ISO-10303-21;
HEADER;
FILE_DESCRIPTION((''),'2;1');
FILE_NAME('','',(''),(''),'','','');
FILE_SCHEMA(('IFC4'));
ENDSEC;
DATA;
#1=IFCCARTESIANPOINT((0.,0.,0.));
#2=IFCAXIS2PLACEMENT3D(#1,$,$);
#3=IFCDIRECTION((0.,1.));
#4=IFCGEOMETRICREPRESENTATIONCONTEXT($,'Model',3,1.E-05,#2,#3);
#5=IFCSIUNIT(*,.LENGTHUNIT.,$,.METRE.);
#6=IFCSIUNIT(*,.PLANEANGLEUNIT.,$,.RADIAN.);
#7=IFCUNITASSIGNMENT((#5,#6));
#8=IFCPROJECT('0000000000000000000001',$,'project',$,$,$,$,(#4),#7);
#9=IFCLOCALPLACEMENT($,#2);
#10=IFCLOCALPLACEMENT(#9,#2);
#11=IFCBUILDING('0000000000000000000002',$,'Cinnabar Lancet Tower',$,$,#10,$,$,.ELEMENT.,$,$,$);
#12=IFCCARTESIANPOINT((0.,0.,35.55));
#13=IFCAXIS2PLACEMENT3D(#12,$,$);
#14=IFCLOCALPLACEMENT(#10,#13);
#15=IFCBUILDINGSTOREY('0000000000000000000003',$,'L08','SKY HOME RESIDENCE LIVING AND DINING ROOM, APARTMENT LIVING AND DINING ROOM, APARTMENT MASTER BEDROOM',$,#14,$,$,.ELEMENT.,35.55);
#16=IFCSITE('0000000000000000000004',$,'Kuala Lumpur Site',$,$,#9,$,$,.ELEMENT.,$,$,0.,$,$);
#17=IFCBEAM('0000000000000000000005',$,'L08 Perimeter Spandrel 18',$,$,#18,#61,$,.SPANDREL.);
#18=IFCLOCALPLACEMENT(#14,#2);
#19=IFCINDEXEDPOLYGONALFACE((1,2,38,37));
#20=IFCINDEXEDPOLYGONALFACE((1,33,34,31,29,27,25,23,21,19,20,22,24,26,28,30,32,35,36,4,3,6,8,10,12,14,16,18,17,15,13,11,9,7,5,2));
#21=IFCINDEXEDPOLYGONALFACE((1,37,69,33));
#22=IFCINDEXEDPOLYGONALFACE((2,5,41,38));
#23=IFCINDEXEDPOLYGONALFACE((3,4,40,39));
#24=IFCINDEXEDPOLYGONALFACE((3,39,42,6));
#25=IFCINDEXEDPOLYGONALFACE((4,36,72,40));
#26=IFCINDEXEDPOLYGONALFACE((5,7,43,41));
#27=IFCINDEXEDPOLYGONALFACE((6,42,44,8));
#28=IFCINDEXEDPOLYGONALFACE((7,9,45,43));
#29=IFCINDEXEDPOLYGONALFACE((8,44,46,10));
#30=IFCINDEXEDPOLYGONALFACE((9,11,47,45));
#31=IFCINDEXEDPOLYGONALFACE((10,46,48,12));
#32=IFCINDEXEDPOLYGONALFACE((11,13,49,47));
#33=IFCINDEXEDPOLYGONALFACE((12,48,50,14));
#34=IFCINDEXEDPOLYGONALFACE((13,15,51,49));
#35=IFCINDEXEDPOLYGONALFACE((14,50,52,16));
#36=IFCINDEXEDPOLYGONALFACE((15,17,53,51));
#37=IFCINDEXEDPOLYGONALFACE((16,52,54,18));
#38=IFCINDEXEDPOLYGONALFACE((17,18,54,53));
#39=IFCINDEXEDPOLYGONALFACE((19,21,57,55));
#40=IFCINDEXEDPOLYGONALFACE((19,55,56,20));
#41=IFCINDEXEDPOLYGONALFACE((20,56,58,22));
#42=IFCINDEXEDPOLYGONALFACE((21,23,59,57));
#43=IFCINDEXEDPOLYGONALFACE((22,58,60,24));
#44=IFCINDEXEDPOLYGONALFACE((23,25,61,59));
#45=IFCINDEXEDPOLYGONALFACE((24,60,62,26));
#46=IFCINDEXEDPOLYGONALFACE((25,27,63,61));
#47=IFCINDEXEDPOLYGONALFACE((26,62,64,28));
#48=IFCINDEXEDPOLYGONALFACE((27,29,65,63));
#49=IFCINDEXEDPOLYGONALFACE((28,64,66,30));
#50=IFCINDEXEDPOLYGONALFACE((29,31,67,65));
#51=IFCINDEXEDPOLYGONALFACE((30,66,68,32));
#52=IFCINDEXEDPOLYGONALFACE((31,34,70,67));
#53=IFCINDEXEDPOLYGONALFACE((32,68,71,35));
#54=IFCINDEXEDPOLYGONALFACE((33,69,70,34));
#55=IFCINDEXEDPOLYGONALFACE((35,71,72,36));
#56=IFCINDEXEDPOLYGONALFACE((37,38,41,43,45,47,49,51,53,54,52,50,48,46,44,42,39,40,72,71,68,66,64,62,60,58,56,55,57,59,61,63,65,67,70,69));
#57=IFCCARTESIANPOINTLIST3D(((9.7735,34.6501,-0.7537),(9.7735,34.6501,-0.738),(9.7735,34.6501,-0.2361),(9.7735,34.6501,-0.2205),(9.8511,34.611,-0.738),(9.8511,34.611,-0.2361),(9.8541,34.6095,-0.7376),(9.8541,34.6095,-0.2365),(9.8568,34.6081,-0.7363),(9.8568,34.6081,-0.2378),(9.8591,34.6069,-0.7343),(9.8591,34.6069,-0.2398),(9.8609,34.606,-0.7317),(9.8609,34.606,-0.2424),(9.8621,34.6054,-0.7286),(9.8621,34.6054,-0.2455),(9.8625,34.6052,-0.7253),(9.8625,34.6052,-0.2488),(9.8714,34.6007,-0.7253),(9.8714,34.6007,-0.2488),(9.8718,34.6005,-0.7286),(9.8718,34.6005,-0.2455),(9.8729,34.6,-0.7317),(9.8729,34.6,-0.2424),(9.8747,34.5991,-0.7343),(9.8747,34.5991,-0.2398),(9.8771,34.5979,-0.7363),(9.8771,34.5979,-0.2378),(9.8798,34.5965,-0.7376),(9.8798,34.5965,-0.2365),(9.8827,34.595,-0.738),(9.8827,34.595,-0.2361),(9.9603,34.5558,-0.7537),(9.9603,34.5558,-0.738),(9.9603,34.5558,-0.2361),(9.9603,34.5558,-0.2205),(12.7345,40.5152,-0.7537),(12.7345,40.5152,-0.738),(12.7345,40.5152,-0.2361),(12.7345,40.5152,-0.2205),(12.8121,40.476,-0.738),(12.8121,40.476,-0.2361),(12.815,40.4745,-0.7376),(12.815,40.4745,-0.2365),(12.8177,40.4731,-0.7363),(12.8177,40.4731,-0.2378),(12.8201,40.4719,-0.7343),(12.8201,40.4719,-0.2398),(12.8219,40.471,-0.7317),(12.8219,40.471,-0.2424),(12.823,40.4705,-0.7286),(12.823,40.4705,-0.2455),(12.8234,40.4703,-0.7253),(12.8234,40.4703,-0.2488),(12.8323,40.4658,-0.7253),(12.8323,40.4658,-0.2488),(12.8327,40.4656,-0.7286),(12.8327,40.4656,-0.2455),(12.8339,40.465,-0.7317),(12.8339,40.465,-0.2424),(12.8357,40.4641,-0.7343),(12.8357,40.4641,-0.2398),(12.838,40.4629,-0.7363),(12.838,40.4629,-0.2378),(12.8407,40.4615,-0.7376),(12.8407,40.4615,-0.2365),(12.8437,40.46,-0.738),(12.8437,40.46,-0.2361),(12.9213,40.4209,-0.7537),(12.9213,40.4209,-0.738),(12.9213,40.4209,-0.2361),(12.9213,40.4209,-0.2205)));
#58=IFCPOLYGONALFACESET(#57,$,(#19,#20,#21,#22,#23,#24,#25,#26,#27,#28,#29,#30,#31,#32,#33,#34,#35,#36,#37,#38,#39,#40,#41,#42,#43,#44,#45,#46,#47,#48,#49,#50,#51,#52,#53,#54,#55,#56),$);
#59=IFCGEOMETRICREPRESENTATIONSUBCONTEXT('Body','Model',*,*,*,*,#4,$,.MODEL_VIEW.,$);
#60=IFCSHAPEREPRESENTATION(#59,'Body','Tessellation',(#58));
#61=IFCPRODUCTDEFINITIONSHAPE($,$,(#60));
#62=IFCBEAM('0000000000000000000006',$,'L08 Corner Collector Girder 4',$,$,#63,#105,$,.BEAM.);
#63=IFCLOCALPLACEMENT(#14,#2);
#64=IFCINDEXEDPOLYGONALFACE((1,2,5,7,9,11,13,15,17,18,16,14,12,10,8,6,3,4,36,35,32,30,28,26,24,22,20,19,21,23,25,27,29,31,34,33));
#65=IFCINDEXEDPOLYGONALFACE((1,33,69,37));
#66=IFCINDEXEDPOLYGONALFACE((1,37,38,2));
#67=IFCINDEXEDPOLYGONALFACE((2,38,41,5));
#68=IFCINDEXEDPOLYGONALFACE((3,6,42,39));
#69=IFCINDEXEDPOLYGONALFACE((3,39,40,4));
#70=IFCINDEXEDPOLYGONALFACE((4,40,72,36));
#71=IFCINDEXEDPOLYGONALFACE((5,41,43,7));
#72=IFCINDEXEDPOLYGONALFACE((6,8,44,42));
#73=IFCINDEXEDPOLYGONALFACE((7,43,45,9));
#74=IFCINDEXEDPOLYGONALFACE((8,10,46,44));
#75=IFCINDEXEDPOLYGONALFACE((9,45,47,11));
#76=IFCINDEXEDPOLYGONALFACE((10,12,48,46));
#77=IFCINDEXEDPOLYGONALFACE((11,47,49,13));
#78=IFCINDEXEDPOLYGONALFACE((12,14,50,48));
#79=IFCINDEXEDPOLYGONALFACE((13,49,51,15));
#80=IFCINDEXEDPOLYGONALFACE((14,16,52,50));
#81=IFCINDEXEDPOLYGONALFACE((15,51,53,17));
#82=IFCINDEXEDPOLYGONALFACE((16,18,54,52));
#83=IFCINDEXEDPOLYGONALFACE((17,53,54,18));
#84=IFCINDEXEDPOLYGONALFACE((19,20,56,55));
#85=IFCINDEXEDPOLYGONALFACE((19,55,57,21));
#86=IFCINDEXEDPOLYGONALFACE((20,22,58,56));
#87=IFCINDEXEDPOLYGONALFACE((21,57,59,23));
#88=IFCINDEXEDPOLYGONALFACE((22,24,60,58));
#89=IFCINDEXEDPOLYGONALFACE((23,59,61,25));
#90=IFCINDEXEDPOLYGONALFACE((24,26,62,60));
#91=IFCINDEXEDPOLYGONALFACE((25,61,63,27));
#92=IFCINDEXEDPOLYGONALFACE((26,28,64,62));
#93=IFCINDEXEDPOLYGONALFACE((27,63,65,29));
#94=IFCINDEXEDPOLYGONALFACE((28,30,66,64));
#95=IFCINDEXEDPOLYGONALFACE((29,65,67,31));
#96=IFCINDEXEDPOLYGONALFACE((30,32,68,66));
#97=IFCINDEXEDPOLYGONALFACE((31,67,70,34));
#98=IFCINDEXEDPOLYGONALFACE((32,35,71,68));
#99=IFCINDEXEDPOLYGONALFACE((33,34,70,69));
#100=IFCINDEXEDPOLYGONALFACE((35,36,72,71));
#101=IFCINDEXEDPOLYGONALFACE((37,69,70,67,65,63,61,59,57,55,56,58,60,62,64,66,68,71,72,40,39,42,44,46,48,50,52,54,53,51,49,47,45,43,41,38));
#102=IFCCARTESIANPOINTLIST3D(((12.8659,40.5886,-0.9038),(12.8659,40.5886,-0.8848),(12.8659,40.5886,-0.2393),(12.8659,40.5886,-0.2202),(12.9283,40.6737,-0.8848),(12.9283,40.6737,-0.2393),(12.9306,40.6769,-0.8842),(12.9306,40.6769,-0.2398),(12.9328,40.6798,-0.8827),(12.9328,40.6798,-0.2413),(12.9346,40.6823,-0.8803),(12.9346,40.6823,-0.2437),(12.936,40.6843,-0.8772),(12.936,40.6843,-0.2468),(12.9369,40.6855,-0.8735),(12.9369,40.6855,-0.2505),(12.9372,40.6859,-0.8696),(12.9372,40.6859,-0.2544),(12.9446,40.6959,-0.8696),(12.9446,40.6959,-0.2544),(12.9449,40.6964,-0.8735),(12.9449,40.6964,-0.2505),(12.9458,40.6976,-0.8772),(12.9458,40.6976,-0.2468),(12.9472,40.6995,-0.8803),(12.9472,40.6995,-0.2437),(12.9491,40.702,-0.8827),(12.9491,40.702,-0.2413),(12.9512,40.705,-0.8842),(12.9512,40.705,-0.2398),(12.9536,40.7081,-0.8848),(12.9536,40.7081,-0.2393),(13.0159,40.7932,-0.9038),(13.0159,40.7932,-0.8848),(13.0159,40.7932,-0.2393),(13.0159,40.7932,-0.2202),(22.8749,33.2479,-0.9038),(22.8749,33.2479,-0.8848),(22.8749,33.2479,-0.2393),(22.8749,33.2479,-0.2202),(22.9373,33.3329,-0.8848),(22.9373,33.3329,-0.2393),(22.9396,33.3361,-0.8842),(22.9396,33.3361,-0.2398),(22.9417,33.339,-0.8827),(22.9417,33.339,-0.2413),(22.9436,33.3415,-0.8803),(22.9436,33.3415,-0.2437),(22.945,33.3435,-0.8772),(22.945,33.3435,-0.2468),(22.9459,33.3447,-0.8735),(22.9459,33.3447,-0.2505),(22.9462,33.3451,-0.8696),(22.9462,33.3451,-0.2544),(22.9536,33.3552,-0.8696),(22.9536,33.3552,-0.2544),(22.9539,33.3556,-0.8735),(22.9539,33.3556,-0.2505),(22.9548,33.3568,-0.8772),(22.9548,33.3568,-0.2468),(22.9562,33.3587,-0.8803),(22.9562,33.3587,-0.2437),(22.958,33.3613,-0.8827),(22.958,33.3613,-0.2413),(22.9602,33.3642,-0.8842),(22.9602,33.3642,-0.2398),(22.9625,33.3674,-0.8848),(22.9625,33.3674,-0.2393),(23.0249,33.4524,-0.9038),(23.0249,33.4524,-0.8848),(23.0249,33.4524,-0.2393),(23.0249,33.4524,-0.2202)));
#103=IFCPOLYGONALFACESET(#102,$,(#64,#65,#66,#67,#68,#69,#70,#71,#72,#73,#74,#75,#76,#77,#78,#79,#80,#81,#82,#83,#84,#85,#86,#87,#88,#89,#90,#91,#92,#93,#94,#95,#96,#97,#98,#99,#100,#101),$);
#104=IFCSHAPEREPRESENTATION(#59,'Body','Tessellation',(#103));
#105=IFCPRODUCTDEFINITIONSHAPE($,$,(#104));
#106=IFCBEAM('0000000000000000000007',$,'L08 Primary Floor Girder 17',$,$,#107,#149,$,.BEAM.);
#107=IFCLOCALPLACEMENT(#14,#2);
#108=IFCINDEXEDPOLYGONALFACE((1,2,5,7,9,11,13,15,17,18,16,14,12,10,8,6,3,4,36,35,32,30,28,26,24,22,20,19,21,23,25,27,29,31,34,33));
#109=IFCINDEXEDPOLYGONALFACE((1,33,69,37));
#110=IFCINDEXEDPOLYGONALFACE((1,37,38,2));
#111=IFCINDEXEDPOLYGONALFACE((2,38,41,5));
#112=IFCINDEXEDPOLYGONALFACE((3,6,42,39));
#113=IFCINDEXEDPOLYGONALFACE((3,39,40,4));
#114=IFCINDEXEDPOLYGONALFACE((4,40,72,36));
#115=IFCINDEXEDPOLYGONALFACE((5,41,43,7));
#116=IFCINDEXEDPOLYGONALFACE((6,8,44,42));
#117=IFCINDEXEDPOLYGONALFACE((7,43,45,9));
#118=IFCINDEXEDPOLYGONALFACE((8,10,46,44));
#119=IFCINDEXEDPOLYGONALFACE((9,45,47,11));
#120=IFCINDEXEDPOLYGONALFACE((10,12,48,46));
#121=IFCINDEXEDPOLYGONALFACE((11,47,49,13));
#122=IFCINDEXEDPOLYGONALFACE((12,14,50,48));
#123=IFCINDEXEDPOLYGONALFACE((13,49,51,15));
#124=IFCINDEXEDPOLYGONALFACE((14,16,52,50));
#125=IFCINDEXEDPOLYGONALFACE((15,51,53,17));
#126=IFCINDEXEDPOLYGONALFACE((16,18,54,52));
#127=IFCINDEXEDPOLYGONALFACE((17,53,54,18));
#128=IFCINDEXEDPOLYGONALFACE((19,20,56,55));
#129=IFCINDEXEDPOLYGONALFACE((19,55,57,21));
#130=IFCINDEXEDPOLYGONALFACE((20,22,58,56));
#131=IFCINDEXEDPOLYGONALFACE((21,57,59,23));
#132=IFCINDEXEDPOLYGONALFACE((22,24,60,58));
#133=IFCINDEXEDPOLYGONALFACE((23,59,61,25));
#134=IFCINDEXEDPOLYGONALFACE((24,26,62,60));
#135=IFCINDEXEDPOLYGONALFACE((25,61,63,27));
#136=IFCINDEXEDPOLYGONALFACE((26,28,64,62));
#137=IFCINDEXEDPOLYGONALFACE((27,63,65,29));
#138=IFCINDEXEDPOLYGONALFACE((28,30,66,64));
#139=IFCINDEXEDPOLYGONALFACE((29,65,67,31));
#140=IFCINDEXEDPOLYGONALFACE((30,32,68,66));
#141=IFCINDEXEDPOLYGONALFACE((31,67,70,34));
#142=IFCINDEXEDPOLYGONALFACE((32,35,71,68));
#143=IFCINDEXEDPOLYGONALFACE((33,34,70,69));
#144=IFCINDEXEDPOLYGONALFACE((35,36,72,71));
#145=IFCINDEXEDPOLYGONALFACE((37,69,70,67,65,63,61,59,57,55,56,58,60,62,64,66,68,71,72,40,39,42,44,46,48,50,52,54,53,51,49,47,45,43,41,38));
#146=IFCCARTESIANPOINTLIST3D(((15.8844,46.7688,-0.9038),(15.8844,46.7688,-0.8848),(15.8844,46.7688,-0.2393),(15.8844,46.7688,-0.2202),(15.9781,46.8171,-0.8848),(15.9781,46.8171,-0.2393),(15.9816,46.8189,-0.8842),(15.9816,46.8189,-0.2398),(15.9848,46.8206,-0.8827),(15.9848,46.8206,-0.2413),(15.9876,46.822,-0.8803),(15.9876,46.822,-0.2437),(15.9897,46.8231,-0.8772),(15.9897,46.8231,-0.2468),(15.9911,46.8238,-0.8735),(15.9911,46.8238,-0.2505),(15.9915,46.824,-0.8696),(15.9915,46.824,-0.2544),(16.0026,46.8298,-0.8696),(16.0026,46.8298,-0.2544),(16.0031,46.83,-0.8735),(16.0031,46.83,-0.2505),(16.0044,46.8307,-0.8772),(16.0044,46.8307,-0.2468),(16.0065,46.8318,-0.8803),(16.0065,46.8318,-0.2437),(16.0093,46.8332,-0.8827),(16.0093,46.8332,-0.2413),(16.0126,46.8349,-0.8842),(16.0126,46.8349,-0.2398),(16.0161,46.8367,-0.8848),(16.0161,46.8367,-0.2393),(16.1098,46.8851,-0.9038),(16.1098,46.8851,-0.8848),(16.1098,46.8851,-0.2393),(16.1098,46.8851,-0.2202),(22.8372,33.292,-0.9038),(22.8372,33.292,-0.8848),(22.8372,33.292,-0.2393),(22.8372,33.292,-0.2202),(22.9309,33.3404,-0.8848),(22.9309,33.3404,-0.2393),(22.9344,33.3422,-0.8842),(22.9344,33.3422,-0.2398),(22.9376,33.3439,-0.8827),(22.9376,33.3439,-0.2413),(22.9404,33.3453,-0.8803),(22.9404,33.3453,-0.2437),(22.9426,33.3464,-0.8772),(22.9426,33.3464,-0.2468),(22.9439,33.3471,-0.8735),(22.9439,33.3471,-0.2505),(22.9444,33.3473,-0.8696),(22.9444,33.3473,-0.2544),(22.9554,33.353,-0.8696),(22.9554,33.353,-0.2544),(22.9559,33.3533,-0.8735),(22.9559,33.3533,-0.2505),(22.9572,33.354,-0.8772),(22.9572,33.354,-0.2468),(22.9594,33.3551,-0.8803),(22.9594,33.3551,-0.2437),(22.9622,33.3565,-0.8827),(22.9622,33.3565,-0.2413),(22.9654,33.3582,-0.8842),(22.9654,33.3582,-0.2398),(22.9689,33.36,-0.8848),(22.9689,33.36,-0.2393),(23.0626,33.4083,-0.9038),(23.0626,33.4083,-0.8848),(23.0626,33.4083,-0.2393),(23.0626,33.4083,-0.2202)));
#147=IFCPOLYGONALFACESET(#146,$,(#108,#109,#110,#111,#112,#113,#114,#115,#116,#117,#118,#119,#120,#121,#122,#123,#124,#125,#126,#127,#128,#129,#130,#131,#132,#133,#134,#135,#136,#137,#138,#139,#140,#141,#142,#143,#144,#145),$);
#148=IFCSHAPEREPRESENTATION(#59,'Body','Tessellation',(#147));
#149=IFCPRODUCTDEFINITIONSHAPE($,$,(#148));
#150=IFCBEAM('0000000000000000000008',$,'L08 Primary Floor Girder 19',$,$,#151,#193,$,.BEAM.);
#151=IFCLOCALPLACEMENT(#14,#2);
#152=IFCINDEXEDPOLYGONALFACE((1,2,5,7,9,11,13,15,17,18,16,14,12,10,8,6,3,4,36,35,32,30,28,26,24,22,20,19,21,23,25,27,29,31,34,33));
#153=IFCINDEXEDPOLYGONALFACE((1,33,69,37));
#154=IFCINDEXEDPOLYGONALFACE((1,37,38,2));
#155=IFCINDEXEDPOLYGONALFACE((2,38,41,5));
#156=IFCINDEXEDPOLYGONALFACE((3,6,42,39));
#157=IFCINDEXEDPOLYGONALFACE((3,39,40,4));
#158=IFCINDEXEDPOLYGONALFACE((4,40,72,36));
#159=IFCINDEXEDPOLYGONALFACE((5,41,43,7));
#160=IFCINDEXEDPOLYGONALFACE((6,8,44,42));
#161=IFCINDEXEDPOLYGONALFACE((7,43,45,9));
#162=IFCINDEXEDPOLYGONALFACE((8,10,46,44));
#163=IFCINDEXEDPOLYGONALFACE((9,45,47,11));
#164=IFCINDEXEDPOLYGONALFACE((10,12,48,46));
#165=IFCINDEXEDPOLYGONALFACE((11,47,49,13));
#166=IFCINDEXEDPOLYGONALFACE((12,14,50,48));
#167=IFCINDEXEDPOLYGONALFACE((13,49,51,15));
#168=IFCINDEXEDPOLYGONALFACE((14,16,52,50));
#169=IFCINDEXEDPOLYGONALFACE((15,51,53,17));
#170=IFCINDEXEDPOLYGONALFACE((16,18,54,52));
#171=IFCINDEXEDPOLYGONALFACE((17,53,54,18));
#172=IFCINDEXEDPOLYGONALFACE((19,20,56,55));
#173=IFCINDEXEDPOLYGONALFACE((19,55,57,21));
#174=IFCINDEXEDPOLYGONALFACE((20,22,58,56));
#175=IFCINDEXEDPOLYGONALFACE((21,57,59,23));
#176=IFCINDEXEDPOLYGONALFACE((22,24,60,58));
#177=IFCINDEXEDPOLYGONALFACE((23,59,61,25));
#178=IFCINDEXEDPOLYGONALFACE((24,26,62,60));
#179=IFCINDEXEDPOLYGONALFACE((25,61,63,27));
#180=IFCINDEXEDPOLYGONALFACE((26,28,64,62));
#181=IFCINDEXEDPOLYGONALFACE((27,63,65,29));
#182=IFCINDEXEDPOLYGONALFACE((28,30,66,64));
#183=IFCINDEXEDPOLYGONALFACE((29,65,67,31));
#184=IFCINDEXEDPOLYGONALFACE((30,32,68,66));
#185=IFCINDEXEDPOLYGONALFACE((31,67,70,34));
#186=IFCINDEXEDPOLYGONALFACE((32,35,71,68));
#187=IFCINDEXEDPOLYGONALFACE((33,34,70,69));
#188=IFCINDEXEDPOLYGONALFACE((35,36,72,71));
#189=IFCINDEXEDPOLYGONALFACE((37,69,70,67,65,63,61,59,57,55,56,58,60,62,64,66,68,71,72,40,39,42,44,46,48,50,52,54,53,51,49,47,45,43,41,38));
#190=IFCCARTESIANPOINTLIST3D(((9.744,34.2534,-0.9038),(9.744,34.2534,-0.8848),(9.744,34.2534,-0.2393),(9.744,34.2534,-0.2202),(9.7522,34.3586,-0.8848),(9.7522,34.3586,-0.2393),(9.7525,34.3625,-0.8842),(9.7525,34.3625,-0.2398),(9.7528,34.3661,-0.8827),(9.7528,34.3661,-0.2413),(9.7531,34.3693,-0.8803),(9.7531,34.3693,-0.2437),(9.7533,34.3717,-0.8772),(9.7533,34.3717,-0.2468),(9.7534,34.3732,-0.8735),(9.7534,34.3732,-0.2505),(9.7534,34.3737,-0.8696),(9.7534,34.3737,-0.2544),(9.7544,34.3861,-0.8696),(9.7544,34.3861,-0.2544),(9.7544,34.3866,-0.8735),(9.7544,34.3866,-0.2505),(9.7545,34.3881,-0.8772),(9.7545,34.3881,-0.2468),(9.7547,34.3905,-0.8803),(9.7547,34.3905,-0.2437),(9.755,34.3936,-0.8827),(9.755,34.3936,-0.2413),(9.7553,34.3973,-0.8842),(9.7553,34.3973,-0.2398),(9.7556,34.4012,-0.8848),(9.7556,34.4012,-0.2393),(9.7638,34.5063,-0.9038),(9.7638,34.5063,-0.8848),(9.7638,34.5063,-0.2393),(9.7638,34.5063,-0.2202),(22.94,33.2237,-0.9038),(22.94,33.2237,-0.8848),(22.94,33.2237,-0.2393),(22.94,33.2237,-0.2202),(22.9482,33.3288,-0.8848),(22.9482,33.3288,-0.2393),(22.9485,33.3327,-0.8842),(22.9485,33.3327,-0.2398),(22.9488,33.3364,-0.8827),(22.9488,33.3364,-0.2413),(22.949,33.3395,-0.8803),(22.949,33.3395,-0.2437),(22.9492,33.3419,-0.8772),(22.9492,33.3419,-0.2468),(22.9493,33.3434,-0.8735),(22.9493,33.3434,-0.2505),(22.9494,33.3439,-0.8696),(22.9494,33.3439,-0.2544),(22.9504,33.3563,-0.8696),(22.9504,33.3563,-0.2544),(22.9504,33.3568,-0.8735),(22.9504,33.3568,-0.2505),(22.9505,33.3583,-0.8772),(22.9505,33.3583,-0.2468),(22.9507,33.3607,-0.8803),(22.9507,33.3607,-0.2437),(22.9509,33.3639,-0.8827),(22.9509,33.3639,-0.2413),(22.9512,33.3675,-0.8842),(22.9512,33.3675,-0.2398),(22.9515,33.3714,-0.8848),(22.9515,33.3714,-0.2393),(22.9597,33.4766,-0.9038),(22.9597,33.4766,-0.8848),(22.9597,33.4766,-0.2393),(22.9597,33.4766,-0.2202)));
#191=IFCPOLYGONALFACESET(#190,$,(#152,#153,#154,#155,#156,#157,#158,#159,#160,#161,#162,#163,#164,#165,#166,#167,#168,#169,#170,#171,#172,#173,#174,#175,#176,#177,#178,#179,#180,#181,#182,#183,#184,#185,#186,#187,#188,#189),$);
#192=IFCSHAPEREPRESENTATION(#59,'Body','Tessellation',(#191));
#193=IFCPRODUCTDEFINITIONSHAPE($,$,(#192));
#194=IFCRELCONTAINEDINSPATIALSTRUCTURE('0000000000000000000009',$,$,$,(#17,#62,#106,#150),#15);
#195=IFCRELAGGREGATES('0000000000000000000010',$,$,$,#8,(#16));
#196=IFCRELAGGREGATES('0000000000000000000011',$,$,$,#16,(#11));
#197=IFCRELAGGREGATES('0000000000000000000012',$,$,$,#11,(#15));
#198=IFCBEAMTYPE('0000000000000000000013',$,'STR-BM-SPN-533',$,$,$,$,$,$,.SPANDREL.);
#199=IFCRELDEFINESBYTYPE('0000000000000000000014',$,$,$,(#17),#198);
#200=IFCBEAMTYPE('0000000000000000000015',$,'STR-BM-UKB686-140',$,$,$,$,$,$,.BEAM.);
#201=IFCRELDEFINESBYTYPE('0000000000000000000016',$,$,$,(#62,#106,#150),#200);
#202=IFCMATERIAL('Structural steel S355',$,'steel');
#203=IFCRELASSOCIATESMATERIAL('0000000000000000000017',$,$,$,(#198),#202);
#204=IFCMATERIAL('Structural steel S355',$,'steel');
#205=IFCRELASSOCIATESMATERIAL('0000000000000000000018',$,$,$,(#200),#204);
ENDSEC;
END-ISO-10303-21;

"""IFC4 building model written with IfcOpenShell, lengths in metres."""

from ifc_helpers import new_model, si_unit, direction, frame, origin, origin_2d, place, context, subcontext, project, spatial, i_section, extrude, material, material_profile, profile_set, type_object, element, save


model = new_model("IFC4")

# Units and contexts
model_context = context("Model", 3, precision=1e-05, world=origin(), true_north=direction((0.0, 1.0)))
body_context = subcontext(model_context, "Body", "Model", "MODEL_VIEW")
ifc_project = project(units=[si_unit("LENGTHUNIT", "METRE"), si_unit("PLANEANGLEUNIT", "RADIAN")], contexts=[model_context])

# Site, building, storey
site_placement = place(None, origin())
site = spatial("IfcSite", under=ifc_project, at=site_placement, Name="Kuala Lumpur Site", CompositionType="ELEMENT", RefElevation=0.0)
building_placement = place(site_placement, origin())
building = spatial("IfcBuilding", under=site, at=building_placement, Name="Cinnabar Lancet Tower", CompositionType="ELEMENT")
storey_placement = place(building_placement, frame((0.0, 0.0, 35.55)))
storey = spatial("IfcBuildingStorey", under=building, at=storey_placement, Name="L08", Description="SKY HOME RESIDENCE LIVING AND DINING ROOM, APARTMENT LIVING AND DINING ROOM, APARTMENT MASTER BEDROOM", CompositionType="ELEMENT", Elevation=35.55)

# Beams
ifc_material_1 = material(Name="Structural steel S355", Category="steel")
ifc_material_profile_1 = material_profile(ifc_material_1, i_section(OverallWidth=0.2092, OverallDepth=0.5332, WebThickness=0.01, FlangeThickness=0.0156, FilletRadius=0.0127, at=origin_2d()), Name="UKB 533x210x92")
ifc_profile_set_1 = profile_set([ifc_material_profile_1], Name="Structural steel S355")
beam_type_1 = type_object("IfcBeamType", Name="STR-BM-SPN-533", PredefinedType="SPANDREL", material=ifc_profile_set_1)
beam_1_placement = place(storey_placement, frame((12.8279, 40.468, -0.4871), z_axis=(-0.450674, -0.892689, 0.0), x_axis=(0.892689, -0.450674, 0.0)))
element("IfcBeam", 1, at=beam_1_placement, inside=storey, type_object=beam_type_1, Name="L08 Perimeter Spandrel 18", PredefinedType="SPANDREL", context=body_context, shape_type="SweptSolid", body=[
    extrude(i_section(OverallWidth=0.2092, OverallDepth=0.5332, WebThickness=0.01, FlangeThickness=0.0156, FilletRadius=0.0127, at=origin_2d()), origin(), (0.0, 0.0, 1.0), 6.5701),
])
ifc_material_2 = material(Name="Structural steel S355", Category="steel")
ifc_material_profile_2 = material_profile(ifc_material_2, i_section(OverallWidth=0.2537, OverallDepth=0.6836, WebThickness=0.0125, FlangeThickness=0.019, FilletRadius=0.0151, at=origin_2d()), Name="UKB 686x254x140")
ifc_profile_set_2 = profile_set([ifc_material_profile_2], Name="Structural steel S355")
beam_type_2 = type_object("IfcBeamType", Name="STR-BM-UKB686-140", PredefinedType="BEAM", material=ifc_profile_set_2)
beam_2_placement = place(storey_placement, frame((12.9409, 40.6909, -0.562), z_axis=(0.806372, -0.591409, 0.0), x_axis=(0.591409, 0.806372, 0.0)))
element("IfcBeam", 2, at=beam_2_placement, inside=storey, type_object=beam_type_2, Name="L08 Corner Collector Girder 4", PredefinedType="BEAM", context=body_context, shape_type="SweptSolid", body=[
    extrude(i_section(OverallWidth=0.2537, OverallDepth=0.6836, WebThickness=0.0125, FlangeThickness=0.019, FilletRadius=0.0151, at=origin_2d()), origin(), (0.0, 0.0, 1.0), 12.4124),
])
beam_3_placement = place(storey_placement, frame((15.9971, 46.8269, -0.562), z_axis=(0.458492, -0.888698, 0.0), x_axis=(0.888698, 0.458492, 0.0)))
element("IfcBeam", 3, at=beam_3_placement, inside=storey, type_object=beam_type_2, Name="L08 Primary Floor Girder 17", PredefinedType="BEAM", context=body_context, shape_type="SweptSolid", body=[
    extrude(i_section(OverallWidth=0.2537, OverallDepth=0.6836, WebThickness=0.0125, FlangeThickness=0.019, FilletRadius=0.0151, at=origin_2d()), origin(), (0.0, 0.0, 1.0), 15.1646),
])
beam_4_placement = place(storey_placement, frame((9.7539, 34.3799, -0.562), z_axis=(0.996969, -0.077801, 0.0), x_axis=(0.077801, 0.996969, 0.0)))
element("IfcBeam", 4, at=beam_4_placement, inside=storey, type_object=beam_type_2, Name="L08 Primary Floor Girder 19", PredefinedType="BEAM", context=body_context, shape_type="SweptSolid", body=[
    extrude(i_section(OverallWidth=0.2537, OverallDepth=0.6836, WebThickness=0.0125, FlangeThickness=0.019, FilletRadius=0.0151, at=origin_2d()), origin(), (0.0, 0.0, 1.0), 13.2361),
])

save(model, "model.ifc")
